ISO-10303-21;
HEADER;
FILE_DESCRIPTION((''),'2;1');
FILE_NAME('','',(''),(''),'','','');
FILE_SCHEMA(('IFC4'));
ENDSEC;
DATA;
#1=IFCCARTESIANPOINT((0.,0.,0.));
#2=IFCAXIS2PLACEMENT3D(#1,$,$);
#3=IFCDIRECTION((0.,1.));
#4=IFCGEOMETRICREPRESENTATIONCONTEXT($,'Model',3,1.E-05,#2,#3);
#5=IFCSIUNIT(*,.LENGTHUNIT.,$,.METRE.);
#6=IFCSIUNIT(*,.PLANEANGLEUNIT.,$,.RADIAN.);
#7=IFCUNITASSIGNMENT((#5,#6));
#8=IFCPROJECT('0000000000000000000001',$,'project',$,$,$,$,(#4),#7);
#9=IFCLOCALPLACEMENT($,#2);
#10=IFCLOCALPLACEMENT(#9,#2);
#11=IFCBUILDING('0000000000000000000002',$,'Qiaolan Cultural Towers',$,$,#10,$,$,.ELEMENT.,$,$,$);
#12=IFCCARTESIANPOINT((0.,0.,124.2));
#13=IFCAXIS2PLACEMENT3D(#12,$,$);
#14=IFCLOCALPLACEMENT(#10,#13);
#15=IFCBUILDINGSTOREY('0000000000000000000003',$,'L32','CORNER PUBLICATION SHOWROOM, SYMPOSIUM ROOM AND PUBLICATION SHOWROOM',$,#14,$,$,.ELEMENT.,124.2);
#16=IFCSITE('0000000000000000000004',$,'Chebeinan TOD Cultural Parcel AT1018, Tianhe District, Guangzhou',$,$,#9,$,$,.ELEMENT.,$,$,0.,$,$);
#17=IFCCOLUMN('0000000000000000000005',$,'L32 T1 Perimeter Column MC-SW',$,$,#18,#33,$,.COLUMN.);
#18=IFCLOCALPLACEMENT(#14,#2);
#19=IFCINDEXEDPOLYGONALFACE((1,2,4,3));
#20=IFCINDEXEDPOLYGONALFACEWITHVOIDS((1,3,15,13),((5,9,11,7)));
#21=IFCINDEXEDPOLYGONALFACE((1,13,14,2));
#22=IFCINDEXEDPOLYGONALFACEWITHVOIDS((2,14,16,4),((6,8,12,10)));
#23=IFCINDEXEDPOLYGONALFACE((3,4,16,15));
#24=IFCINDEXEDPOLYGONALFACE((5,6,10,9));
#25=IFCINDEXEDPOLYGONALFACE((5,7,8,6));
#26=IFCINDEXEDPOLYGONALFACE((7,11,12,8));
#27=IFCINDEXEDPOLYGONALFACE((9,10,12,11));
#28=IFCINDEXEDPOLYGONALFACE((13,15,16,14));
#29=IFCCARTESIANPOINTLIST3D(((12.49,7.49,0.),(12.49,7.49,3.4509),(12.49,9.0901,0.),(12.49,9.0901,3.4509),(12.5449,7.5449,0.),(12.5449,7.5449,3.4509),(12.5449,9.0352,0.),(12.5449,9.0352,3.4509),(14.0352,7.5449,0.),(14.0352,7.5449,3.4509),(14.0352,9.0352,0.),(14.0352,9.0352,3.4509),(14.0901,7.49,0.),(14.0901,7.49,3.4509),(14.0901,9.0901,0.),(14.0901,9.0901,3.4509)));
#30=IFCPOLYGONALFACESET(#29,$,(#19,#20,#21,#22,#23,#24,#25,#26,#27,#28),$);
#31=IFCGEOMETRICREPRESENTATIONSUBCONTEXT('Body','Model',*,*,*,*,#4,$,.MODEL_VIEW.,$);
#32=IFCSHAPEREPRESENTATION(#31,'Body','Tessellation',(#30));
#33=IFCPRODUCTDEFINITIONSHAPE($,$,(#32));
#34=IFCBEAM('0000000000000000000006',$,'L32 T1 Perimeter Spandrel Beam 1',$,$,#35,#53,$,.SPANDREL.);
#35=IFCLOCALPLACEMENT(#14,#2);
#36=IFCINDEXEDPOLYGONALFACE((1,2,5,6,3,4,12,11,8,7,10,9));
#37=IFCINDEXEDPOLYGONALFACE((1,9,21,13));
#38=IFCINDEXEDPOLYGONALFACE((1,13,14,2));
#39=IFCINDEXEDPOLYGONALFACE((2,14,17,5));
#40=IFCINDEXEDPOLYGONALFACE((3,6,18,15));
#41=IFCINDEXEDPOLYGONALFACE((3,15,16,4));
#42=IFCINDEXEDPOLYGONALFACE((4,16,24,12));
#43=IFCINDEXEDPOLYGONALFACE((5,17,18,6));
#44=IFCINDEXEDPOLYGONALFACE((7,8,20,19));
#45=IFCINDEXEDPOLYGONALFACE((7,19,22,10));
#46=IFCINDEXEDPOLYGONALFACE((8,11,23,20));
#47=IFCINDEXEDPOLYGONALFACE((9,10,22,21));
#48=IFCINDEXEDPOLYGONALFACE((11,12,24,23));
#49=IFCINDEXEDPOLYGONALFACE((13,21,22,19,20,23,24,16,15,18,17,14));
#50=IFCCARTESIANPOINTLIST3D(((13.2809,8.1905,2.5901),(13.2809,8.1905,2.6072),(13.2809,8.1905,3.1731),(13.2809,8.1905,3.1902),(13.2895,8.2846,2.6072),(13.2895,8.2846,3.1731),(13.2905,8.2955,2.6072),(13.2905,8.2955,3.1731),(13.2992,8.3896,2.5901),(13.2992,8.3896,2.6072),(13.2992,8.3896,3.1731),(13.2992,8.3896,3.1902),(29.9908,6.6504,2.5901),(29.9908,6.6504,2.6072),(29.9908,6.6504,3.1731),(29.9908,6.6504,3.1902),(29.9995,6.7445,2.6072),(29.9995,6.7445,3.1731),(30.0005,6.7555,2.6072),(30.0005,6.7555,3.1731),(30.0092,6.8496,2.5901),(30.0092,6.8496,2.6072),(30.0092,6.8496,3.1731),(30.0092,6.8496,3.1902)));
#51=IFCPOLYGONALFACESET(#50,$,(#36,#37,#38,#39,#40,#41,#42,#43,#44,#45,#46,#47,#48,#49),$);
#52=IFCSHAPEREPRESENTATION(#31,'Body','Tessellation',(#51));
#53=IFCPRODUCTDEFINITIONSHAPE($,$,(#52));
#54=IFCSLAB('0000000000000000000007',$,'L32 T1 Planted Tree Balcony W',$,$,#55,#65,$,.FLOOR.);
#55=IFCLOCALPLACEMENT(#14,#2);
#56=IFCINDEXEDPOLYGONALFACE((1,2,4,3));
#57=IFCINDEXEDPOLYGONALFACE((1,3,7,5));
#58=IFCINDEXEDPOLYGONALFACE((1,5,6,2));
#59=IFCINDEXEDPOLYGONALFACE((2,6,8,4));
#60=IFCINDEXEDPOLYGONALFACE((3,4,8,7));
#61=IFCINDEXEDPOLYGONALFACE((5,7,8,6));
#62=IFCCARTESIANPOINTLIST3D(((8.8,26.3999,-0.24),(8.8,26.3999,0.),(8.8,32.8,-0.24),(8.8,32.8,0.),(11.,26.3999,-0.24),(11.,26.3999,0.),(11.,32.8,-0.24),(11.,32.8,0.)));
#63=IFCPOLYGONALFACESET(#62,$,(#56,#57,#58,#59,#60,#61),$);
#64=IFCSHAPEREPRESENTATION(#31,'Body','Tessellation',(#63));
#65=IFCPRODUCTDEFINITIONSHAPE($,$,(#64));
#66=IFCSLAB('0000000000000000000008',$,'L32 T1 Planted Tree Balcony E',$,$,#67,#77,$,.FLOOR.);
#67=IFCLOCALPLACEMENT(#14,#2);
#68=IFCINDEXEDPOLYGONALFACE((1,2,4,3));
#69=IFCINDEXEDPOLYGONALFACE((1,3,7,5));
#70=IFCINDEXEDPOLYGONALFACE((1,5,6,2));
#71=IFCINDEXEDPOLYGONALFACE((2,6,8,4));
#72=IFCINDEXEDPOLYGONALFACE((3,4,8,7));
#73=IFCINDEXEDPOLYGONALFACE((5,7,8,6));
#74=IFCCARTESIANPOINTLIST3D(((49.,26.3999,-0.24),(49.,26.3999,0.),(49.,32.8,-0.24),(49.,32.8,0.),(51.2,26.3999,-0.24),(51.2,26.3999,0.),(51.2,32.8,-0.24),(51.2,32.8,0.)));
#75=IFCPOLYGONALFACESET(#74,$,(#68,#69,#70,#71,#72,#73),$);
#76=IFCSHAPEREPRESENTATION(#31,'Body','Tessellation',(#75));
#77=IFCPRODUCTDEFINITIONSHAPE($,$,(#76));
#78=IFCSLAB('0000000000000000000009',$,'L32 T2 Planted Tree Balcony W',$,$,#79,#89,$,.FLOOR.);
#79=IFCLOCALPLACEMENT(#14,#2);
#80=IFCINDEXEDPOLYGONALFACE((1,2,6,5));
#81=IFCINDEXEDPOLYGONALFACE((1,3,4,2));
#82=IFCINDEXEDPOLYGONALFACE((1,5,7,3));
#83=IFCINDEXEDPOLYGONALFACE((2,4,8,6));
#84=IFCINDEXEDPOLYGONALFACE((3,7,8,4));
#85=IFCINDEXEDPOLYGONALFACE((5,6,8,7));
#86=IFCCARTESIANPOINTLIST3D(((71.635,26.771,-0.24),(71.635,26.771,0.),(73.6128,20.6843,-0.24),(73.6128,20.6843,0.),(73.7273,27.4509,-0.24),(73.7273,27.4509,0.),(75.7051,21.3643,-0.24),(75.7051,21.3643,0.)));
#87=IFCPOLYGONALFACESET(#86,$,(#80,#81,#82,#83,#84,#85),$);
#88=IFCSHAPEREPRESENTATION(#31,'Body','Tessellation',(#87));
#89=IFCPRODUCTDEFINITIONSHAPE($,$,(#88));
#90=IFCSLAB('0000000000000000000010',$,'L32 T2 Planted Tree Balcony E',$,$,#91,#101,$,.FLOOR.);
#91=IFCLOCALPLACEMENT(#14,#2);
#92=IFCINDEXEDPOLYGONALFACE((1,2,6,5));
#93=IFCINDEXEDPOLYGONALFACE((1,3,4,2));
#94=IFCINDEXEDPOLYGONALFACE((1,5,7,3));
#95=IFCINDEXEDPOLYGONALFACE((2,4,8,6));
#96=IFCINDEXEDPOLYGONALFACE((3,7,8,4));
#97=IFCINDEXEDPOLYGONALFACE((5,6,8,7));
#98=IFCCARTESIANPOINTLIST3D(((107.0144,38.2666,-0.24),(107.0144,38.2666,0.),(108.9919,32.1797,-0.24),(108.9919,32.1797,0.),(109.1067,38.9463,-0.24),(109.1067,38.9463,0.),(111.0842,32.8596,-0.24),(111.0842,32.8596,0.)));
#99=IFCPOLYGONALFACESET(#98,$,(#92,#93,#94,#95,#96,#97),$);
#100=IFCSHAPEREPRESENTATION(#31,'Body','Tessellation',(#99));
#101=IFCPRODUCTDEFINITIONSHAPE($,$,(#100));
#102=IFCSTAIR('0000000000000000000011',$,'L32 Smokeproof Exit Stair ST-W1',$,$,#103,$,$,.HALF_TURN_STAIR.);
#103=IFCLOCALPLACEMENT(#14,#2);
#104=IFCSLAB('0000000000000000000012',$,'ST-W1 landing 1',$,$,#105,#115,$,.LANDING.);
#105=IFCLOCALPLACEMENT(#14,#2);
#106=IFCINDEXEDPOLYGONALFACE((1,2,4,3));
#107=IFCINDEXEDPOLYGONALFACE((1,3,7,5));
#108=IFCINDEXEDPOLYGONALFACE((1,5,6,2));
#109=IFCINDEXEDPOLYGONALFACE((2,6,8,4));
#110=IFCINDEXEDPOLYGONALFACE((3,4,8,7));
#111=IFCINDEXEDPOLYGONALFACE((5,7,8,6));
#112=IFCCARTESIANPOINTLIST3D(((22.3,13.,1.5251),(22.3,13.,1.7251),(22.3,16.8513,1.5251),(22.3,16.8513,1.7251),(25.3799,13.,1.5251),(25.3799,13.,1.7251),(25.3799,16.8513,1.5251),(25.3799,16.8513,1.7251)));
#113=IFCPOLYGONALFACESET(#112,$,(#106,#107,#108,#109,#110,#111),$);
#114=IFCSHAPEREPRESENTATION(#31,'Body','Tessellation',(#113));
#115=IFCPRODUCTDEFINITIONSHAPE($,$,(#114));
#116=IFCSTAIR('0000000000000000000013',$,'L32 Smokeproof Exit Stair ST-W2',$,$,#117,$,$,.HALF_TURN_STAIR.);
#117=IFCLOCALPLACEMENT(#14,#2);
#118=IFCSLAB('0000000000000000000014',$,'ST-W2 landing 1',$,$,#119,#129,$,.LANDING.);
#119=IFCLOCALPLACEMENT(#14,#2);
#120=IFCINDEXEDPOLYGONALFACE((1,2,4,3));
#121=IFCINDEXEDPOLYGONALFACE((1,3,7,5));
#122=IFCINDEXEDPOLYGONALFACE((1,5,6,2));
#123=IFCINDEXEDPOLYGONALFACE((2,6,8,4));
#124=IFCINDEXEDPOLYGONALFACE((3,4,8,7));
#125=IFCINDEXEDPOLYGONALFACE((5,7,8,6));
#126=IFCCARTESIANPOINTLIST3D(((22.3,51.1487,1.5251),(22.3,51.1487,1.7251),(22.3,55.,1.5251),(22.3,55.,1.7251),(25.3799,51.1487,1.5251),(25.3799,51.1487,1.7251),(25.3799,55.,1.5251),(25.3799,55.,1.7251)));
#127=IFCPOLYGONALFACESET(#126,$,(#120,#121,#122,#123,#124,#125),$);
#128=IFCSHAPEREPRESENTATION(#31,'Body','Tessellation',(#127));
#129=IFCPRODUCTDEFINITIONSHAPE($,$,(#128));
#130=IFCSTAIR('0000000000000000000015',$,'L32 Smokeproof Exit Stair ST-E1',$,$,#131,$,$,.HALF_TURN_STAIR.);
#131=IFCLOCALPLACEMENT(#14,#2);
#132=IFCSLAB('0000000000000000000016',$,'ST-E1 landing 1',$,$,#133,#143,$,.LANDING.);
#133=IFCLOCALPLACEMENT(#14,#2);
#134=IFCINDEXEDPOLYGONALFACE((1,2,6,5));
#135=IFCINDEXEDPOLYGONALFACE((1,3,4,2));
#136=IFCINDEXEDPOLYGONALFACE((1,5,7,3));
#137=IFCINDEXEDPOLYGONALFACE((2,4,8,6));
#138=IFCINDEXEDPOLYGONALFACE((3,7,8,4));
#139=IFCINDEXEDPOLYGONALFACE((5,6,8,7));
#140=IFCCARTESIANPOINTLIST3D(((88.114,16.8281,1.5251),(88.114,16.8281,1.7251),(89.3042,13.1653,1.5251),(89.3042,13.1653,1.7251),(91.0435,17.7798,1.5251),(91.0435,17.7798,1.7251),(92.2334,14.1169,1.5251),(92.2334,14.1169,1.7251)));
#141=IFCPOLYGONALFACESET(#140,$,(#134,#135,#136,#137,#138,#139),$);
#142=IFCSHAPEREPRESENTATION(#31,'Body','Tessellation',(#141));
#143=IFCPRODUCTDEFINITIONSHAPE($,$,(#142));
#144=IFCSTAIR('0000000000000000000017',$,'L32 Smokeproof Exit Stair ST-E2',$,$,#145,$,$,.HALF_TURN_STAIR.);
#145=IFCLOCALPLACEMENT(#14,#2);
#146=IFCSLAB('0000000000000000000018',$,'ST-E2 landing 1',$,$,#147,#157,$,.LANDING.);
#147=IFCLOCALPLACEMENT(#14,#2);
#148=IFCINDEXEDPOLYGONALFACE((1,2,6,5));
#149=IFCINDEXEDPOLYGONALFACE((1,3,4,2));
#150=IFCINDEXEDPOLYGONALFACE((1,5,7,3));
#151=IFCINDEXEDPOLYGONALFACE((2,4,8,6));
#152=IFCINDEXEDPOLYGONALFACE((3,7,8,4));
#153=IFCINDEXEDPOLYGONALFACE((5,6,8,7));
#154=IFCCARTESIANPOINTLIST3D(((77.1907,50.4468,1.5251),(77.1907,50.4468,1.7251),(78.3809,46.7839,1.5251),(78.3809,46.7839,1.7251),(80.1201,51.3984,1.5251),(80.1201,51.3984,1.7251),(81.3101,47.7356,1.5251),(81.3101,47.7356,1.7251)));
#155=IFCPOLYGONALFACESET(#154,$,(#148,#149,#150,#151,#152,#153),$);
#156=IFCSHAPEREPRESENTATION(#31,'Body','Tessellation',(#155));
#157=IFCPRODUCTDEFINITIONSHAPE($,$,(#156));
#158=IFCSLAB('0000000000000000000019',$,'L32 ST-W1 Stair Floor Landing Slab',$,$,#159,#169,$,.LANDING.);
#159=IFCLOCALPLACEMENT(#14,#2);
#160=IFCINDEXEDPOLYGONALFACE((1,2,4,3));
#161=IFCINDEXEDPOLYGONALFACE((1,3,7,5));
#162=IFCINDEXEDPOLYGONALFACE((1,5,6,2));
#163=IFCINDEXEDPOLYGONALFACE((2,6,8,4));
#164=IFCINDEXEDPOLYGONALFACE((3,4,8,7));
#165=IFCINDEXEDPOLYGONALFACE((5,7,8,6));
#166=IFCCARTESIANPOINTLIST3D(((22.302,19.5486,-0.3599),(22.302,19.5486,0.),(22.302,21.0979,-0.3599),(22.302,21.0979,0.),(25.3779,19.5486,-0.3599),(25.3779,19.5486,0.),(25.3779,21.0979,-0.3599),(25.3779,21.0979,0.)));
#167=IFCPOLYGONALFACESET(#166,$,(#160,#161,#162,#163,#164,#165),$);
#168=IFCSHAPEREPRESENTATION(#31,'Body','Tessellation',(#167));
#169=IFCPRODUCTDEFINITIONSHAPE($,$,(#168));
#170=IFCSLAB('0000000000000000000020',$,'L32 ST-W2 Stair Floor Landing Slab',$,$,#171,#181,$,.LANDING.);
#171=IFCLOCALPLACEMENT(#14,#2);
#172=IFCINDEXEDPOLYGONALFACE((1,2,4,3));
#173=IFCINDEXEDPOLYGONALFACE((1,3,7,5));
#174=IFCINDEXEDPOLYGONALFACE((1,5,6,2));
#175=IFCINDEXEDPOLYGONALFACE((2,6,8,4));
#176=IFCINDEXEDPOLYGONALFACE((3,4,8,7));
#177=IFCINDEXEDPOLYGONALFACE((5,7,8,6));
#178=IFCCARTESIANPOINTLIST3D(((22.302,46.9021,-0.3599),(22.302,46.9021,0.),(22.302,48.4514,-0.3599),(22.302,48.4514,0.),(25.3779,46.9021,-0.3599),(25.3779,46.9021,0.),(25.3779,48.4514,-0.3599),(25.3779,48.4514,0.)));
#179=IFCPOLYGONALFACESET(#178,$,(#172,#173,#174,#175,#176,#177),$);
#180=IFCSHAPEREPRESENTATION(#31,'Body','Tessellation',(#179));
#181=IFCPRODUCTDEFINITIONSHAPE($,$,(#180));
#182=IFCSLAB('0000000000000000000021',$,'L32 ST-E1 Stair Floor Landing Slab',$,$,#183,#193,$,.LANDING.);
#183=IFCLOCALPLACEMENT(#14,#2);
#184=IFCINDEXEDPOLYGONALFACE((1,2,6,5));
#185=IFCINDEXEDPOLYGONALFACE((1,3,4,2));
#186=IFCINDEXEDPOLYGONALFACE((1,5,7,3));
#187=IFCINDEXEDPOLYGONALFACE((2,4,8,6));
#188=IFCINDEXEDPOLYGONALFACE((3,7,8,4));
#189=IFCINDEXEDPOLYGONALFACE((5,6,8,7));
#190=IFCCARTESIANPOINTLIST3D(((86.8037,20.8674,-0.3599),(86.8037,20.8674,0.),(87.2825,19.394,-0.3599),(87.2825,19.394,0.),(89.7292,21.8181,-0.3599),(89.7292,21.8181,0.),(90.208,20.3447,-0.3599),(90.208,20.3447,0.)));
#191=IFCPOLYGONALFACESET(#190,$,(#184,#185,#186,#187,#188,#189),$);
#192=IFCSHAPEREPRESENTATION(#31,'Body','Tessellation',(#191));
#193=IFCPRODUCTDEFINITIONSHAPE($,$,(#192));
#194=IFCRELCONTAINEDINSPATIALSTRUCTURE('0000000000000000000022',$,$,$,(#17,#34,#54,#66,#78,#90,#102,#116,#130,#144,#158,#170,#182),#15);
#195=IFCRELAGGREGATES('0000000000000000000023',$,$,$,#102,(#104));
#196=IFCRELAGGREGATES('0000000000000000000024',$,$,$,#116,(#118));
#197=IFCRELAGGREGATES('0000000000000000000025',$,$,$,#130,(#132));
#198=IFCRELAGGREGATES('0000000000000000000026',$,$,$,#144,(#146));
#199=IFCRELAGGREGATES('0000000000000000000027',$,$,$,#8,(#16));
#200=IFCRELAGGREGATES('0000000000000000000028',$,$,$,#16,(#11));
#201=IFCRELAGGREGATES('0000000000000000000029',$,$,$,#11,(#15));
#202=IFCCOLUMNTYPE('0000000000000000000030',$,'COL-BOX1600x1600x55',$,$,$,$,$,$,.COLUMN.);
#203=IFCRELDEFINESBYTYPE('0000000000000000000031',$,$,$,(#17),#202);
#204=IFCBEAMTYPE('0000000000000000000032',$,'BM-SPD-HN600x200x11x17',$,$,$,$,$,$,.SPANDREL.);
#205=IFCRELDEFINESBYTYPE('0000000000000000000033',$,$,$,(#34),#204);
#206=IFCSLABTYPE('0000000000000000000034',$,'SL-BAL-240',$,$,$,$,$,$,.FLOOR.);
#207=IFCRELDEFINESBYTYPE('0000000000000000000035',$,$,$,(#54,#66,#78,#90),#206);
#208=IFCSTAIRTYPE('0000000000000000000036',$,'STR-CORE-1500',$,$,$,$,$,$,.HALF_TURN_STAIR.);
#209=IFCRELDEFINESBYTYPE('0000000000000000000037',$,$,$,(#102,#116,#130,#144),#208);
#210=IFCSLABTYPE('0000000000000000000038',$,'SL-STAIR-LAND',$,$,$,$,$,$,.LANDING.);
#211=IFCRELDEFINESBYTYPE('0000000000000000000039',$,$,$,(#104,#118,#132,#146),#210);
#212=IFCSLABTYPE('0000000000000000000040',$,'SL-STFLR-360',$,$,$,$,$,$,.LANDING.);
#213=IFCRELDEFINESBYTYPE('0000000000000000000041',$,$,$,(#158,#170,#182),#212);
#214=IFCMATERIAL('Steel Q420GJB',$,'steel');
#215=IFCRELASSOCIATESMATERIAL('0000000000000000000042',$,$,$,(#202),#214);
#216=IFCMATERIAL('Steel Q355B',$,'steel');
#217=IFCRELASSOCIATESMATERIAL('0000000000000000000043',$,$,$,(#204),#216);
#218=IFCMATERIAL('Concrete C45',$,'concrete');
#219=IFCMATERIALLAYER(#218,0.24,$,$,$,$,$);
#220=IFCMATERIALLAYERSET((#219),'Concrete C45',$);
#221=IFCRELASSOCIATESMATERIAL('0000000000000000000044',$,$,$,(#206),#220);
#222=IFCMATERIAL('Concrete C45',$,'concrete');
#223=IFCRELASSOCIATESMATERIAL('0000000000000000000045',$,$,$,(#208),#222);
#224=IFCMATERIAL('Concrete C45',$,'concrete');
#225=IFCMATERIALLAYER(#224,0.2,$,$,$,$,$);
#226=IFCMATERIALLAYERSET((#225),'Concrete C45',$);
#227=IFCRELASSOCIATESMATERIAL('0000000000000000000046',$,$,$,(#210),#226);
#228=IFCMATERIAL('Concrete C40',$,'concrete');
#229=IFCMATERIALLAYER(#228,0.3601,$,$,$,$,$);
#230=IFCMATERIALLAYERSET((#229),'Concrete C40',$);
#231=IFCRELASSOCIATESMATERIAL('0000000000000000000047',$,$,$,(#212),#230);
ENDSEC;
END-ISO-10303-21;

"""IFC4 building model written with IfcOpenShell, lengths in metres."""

from ifc_helpers import new_model, si_unit, direction, frame, origin, origin_2d, place, context, subcontext, project, spatial, polyline, hollow_rectangle, i_section, outline, extrude, material, layer, layer_set, material_profile, profile_set, type_object, element, aggregate, save


model = new_model("IFC4")

# Units and contexts
model_context = context("Model", 3, precision=1e-05, world=origin(), true_north=direction((0.0, 1.0)))
body_context = subcontext(model_context, "Body", "Model", "MODEL_VIEW")
ifc_project = project(units=[si_unit("LENGTHUNIT", "METRE"), si_unit("PLANEANGLEUNIT", "RADIAN")], contexts=[model_context])

# Site, building, storey
site_placement = place(None, origin())
site = spatial("IfcSite", under=ifc_project, at=site_placement, Name="Chebeinan TOD Cultural Parcel AT1018, Tianhe District, Guangzhou", CompositionType="ELEMENT", RefElevation=0.0)
building_placement = place(site_placement, origin())
building = spatial("IfcBuilding", under=site, at=building_placement, Name="Qiaolan Cultural Towers", CompositionType="ELEMENT")
storey_placement = place(building_placement, frame((0.0, 0.0, 124.2)))
storey = spatial("IfcBuildingStorey", under=building, at=storey_placement, Name="L32", Description="CORNER PUBLICATION SHOWROOM, SYMPOSIUM ROOM AND PUBLICATION SHOWROOM", CompositionType="ELEMENT", Elevation=124.2)

# Column
ifc_material_1 = material(Name="Steel Q420GJB", Category="steel")
ifc_material_profile_1 = material_profile(ifc_material_1, hollow_rectangle(XDim=1.6001, YDim=1.6001, WallThickness=0.0549, at=origin_2d()), Name="BOX1600x1600x55")
ifc_profile_set_1 = profile_set([ifc_material_profile_1], Name="Steel Q420GJB")
column_type = type_object("IfcColumnType", Name="COL-BOX1600x1600x55", PredefinedType="COLUMN", material=ifc_profile_set_1)
column_placement = place(storey_placement, frame((13.29, 8.29, 0.0), z_axis=(0.0, 0.0, 1.0), x_axis=(1.0, 0.0, 0.0)))
element("IfcColumn", 1, at=column_placement, inside=storey, type_object=column_type, Name="L32 T1 Perimeter Column MC-SW", PredefinedType="COLUMN", context=body_context, shape_type="SweptSolid", body=[
    extrude(hollow_rectangle(XDim=1.6001, YDim=1.6001, WallThickness=0.0549, at=origin_2d()), origin(), (0.0, 0.0, 1.0), 3.4509),
])

# Beam
ifc_material_2 = material(Name="Steel Q355B", Category="steel")
ifc_material_profile_2 = material_profile(ifc_material_2, i_section(OverallWidth=0.2, OverallDepth=0.6001, WebThickness=0.011, FlangeThickness=0.0171, at=origin_2d()), Name="HN600x200x11x17")
ifc_profile_set_2 = profile_set([ifc_material_profile_2], Name="Steel Q355B")
beam_type = type_object("IfcBeamType", Name="BM-SPD-HN600x200x11x17", PredefinedType="SPANDREL", material=ifc_profile_set_2)
beam_placement = place(storey_placement, frame((13.29, 8.29, 2.8901), z_axis=(0.99578, -0.091774, 0.0), x_axis=(0.091774, 0.99578, 0.0)))
element("IfcBeam", 2, at=beam_placement, inside=storey, type_object=beam_type, Name="L32 T1 Perimeter Spandrel Beam 1", PredefinedType="SPANDREL", context=body_context, shape_type="SweptSolid", body=[
    extrude(i_section(OverallWidth=0.2, OverallDepth=0.6001, WebThickness=0.011, FlangeThickness=0.0171, at=origin_2d()), origin(), (0.0, 0.0, 1.0), 16.7808),
])

# Slabs
ifc_material_3 = material(Name="Concrete C45", Category="concrete")
ifc_layer_1 = layer(ifc_material_3, 0.24)
ifc_layer_set_1 = layer_set([ifc_layer_1], Name="Concrete C45")
slab_type_1 = type_object("IfcSlabType", Name="SL-BAL-240", PredefinedType="FLOOR", material=ifc_layer_set_1)
slab_1_placement = place(storey_placement, frame((0.0, 0.0, -0.24)))
element("IfcSlab", 3, at=slab_1_placement, inside=storey, type_object=slab_type_1, Name="L32 T1 Planted Tree Balcony W", PredefinedType="FLOOR", context=body_context, shape_type="SweptSolid", body=[
    extrude(outline(polyline([(8.8, 26.3999), (11.0, 26.3999), (11.0, 32.8), (8.8, 32.8), (8.8, 26.3999)])), origin(), (0.0, 0.0, 1.0), 0.24),
])
slab_2_placement = place(storey_placement, frame((0.0, 0.0, -0.24)))
element("IfcSlab", 4, at=slab_2_placement, inside=storey, type_object=slab_type_1, Name="L32 T1 Planted Tree Balcony E", PredefinedType="FLOOR", context=body_context, shape_type="SweptSolid", body=[
    extrude(outline(polyline([(49.0, 26.3999), (51.2, 26.3999), (51.2, 32.8), (49.0, 32.8), (49.0, 26.3999)])), origin(), (0.0, 0.0, 1.0), 0.24),
])
slab_3_placement = place(storey_placement, frame((0.0, 0.0, -0.24)))
element("IfcSlab", 5, at=slab_3_placement, inside=storey, type_object=slab_type_1, Name="L32 T2 Planted Tree Balcony W", PredefinedType="FLOOR", context=body_context, shape_type="SweptSolid", body=[
    extrude(outline(polyline([(73.6128, 20.6843), (75.7051, 21.3643), (73.7273, 27.4509), (71.635, 26.771), (73.6128, 20.6843)])), origin(), (0.0, 0.0, 1.0), 0.24),
])
slab_4_placement = place(storey_placement, frame((0.0, 0.0, -0.24)))
element("IfcSlab", 6, at=slab_4_placement, inside=storey, type_object=slab_type_1, Name="L32 T2 Planted Tree Balcony E", PredefinedType="FLOOR", context=body_context, shape_type="SweptSolid", body=[
    extrude(outline(polyline([(108.9919, 32.1797), (111.0842, 32.8596), (109.1067, 38.9463), (107.0144, 38.2666), (108.9919, 32.1797)])), origin(), (0.0, 0.0, 1.0), 0.24),
])

# Stairs, slabs
ifc_material_4 = material(Name="Concrete C45", Category="concrete")
stair_type = type_object("IfcStairType", Name="STR-CORE-1500", PredefinedType="HALF_TURN_STAIR", material=ifc_material_4)
stair_1_placement = place(storey_placement, origin())
stair_1 = element("IfcStair", 7, at=stair_1_placement, inside=storey, type_object=stair_type, Name="L32 Smokeproof Exit Stair ST-W1", PredefinedType="HALF_TURN_STAIR")
ifc_material_5 = material(Name="Concrete C45", Category="concrete")
ifc_layer_2 = layer(ifc_material_5, 0.2)
ifc_layer_set_2 = layer_set([ifc_layer_2], Name="Concrete C45")
slab_type_2 = type_object("IfcSlabType", Name="SL-STAIR-LAND", PredefinedType="LANDING", material=ifc_layer_set_2)
slab_5_placement = place(storey_placement, frame((0.0, 0.0, 1.5251)))
slab_5 = element("IfcSlab", 8, at=slab_5_placement, type_object=slab_type_2, Name="ST-W1 landing 1", PredefinedType="LANDING", context=body_context, shape_type="SweptSolid", body=[
    extrude(outline(polyline([(22.3, 16.8513), (22.3, 13.0), (25.3799, 13.0), (25.3799, 16.8513), (22.3, 16.8513)])), origin(), (0.0, 0.0, 1.0), 0.2),
])
aggregate(stair_1, [slab_5])
stair_2_placement = place(storey_placement, origin())
stair_2 = element("IfcStair", 9, at=stair_2_placement, inside=storey, type_object=stair_type, Name="L32 Smokeproof Exit Stair ST-W2", PredefinedType="HALF_TURN_STAIR")
slab_6_placement = place(storey_placement, frame((0.0, 0.0, 1.5251)))
slab_6 = element("IfcSlab", 10, at=slab_6_placement, type_object=slab_type_2, Name="ST-W2 landing 1", PredefinedType="LANDING", context=body_context, shape_type="SweptSolid", body=[
    extrude(outline(polyline([(25.3799, 51.1487), (25.3799, 55.0), (22.3, 55.0), (22.3, 51.1487), (25.3799, 51.1487)])), origin(), (0.0, 0.0, 1.0), 0.2),
])
aggregate(stair_2, [slab_6])
stair_3_placement = place(storey_placement, origin())
stair_3 = element("IfcStair", 11, at=stair_3_placement, inside=storey, type_object=stair_type, Name="L32 Smokeproof Exit Stair ST-E1", PredefinedType="HALF_TURN_STAIR")
slab_7_placement = place(storey_placement, frame((0.0, 0.0, 1.5251)))
slab_7 = element("IfcSlab", 12, at=slab_7_placement, type_object=slab_type_2, Name="ST-E1 landing 1", PredefinedType="LANDING", context=body_context, shape_type="SweptSolid", body=[
    extrude(outline(polyline([(88.114, 16.8281), (89.3042, 13.1653), (92.2334, 14.1169), (91.0435, 17.7798), (88.114, 16.8281)])), origin(), (0.0, 0.0, 1.0), 0.2),
])
aggregate(stair_3, [slab_7])
stair_4_placement = place(storey_placement, origin())
stair_4 = element("IfcStair", 13, at=stair_4_placement, inside=storey, type_object=stair_type, Name="L32 Smokeproof Exit Stair ST-E2", PredefinedType="HALF_TURN_STAIR")
slab_8_placement = place(storey_placement, frame((0.0, 0.0, 1.5251)))
slab_8 = element("IfcSlab", 14, at=slab_8_placement, type_object=slab_type_2, Name="ST-E2 landing 1", PredefinedType="LANDING", context=body_context, shape_type="SweptSolid", body=[
    extrude(outline(polyline([(81.3101, 47.7356), (80.1201, 51.3984), (77.1907, 50.4468), (78.3809, 46.7839), (81.3101, 47.7356)])), origin(), (0.0, 0.0, 1.0), 0.2),
])
aggregate(stair_4, [slab_8])

# Slabs
ifc_material_6 = material(Name="Concrete C40", Category="concrete")
ifc_layer_3 = layer(ifc_material_6, 0.3601)
ifc_layer_set_3 = layer_set([ifc_layer_3], Name="Concrete C40")
slab_type_3 = type_object("IfcSlabType", Name="SL-STFLR-360", PredefinedType="LANDING", material=ifc_layer_set_3)
slab_9_placement = place(storey_placement, frame((0.0, 0.0, -0.3599)))
element("IfcSlab", 15, at=slab_9_placement, inside=storey, type_object=slab_type_3, Name="L32 ST-W1 Stair Floor Landing Slab", PredefinedType="LANDING", context=body_context, shape_type="SweptSolid", body=[
    extrude(outline(polyline([(22.302, 21.0979), (22.302, 19.5486), (25.3779, 19.5486), (25.3779, 21.0979), (22.302, 21.0979)])), origin(), (0.0, 0.0, 1.0), 0.3599),
])
slab_10_placement = place(storey_placement, frame((0.0, 0.0, -0.3599)))
element("IfcSlab", 16, at=slab_10_placement, inside=storey, type_object=slab_type_3, Name="L32 ST-W2 Stair Floor Landing Slab", PredefinedType="LANDING", context=body_context, shape_type="SweptSolid", body=[
    extrude(outline(polyline([(25.3779, 46.9021), (25.3779, 48.4514), (22.302, 48.4514), (22.302, 46.9021), (25.3779, 46.9021)])), origin(), (0.0, 0.0, 1.0), 0.3599),
])
slab_11_placement = place(storey_placement, frame((0.0, 0.0, -0.3599)))
element("IfcSlab", 17, at=slab_11_placement, inside=storey, type_object=slab_type_3, Name="L32 ST-E1 Stair Floor Landing Slab", PredefinedType="LANDING", context=body_context, shape_type="SweptSolid", body=[
    extrude(outline(polyline([(86.8037, 20.8674), (87.2825, 19.394), (90.208, 20.3447), (89.7292, 21.8181), (86.8037, 20.8674)])), origin(), (0.0, 0.0, 1.0), 0.3599),
])

save(model, "model.ifc")
